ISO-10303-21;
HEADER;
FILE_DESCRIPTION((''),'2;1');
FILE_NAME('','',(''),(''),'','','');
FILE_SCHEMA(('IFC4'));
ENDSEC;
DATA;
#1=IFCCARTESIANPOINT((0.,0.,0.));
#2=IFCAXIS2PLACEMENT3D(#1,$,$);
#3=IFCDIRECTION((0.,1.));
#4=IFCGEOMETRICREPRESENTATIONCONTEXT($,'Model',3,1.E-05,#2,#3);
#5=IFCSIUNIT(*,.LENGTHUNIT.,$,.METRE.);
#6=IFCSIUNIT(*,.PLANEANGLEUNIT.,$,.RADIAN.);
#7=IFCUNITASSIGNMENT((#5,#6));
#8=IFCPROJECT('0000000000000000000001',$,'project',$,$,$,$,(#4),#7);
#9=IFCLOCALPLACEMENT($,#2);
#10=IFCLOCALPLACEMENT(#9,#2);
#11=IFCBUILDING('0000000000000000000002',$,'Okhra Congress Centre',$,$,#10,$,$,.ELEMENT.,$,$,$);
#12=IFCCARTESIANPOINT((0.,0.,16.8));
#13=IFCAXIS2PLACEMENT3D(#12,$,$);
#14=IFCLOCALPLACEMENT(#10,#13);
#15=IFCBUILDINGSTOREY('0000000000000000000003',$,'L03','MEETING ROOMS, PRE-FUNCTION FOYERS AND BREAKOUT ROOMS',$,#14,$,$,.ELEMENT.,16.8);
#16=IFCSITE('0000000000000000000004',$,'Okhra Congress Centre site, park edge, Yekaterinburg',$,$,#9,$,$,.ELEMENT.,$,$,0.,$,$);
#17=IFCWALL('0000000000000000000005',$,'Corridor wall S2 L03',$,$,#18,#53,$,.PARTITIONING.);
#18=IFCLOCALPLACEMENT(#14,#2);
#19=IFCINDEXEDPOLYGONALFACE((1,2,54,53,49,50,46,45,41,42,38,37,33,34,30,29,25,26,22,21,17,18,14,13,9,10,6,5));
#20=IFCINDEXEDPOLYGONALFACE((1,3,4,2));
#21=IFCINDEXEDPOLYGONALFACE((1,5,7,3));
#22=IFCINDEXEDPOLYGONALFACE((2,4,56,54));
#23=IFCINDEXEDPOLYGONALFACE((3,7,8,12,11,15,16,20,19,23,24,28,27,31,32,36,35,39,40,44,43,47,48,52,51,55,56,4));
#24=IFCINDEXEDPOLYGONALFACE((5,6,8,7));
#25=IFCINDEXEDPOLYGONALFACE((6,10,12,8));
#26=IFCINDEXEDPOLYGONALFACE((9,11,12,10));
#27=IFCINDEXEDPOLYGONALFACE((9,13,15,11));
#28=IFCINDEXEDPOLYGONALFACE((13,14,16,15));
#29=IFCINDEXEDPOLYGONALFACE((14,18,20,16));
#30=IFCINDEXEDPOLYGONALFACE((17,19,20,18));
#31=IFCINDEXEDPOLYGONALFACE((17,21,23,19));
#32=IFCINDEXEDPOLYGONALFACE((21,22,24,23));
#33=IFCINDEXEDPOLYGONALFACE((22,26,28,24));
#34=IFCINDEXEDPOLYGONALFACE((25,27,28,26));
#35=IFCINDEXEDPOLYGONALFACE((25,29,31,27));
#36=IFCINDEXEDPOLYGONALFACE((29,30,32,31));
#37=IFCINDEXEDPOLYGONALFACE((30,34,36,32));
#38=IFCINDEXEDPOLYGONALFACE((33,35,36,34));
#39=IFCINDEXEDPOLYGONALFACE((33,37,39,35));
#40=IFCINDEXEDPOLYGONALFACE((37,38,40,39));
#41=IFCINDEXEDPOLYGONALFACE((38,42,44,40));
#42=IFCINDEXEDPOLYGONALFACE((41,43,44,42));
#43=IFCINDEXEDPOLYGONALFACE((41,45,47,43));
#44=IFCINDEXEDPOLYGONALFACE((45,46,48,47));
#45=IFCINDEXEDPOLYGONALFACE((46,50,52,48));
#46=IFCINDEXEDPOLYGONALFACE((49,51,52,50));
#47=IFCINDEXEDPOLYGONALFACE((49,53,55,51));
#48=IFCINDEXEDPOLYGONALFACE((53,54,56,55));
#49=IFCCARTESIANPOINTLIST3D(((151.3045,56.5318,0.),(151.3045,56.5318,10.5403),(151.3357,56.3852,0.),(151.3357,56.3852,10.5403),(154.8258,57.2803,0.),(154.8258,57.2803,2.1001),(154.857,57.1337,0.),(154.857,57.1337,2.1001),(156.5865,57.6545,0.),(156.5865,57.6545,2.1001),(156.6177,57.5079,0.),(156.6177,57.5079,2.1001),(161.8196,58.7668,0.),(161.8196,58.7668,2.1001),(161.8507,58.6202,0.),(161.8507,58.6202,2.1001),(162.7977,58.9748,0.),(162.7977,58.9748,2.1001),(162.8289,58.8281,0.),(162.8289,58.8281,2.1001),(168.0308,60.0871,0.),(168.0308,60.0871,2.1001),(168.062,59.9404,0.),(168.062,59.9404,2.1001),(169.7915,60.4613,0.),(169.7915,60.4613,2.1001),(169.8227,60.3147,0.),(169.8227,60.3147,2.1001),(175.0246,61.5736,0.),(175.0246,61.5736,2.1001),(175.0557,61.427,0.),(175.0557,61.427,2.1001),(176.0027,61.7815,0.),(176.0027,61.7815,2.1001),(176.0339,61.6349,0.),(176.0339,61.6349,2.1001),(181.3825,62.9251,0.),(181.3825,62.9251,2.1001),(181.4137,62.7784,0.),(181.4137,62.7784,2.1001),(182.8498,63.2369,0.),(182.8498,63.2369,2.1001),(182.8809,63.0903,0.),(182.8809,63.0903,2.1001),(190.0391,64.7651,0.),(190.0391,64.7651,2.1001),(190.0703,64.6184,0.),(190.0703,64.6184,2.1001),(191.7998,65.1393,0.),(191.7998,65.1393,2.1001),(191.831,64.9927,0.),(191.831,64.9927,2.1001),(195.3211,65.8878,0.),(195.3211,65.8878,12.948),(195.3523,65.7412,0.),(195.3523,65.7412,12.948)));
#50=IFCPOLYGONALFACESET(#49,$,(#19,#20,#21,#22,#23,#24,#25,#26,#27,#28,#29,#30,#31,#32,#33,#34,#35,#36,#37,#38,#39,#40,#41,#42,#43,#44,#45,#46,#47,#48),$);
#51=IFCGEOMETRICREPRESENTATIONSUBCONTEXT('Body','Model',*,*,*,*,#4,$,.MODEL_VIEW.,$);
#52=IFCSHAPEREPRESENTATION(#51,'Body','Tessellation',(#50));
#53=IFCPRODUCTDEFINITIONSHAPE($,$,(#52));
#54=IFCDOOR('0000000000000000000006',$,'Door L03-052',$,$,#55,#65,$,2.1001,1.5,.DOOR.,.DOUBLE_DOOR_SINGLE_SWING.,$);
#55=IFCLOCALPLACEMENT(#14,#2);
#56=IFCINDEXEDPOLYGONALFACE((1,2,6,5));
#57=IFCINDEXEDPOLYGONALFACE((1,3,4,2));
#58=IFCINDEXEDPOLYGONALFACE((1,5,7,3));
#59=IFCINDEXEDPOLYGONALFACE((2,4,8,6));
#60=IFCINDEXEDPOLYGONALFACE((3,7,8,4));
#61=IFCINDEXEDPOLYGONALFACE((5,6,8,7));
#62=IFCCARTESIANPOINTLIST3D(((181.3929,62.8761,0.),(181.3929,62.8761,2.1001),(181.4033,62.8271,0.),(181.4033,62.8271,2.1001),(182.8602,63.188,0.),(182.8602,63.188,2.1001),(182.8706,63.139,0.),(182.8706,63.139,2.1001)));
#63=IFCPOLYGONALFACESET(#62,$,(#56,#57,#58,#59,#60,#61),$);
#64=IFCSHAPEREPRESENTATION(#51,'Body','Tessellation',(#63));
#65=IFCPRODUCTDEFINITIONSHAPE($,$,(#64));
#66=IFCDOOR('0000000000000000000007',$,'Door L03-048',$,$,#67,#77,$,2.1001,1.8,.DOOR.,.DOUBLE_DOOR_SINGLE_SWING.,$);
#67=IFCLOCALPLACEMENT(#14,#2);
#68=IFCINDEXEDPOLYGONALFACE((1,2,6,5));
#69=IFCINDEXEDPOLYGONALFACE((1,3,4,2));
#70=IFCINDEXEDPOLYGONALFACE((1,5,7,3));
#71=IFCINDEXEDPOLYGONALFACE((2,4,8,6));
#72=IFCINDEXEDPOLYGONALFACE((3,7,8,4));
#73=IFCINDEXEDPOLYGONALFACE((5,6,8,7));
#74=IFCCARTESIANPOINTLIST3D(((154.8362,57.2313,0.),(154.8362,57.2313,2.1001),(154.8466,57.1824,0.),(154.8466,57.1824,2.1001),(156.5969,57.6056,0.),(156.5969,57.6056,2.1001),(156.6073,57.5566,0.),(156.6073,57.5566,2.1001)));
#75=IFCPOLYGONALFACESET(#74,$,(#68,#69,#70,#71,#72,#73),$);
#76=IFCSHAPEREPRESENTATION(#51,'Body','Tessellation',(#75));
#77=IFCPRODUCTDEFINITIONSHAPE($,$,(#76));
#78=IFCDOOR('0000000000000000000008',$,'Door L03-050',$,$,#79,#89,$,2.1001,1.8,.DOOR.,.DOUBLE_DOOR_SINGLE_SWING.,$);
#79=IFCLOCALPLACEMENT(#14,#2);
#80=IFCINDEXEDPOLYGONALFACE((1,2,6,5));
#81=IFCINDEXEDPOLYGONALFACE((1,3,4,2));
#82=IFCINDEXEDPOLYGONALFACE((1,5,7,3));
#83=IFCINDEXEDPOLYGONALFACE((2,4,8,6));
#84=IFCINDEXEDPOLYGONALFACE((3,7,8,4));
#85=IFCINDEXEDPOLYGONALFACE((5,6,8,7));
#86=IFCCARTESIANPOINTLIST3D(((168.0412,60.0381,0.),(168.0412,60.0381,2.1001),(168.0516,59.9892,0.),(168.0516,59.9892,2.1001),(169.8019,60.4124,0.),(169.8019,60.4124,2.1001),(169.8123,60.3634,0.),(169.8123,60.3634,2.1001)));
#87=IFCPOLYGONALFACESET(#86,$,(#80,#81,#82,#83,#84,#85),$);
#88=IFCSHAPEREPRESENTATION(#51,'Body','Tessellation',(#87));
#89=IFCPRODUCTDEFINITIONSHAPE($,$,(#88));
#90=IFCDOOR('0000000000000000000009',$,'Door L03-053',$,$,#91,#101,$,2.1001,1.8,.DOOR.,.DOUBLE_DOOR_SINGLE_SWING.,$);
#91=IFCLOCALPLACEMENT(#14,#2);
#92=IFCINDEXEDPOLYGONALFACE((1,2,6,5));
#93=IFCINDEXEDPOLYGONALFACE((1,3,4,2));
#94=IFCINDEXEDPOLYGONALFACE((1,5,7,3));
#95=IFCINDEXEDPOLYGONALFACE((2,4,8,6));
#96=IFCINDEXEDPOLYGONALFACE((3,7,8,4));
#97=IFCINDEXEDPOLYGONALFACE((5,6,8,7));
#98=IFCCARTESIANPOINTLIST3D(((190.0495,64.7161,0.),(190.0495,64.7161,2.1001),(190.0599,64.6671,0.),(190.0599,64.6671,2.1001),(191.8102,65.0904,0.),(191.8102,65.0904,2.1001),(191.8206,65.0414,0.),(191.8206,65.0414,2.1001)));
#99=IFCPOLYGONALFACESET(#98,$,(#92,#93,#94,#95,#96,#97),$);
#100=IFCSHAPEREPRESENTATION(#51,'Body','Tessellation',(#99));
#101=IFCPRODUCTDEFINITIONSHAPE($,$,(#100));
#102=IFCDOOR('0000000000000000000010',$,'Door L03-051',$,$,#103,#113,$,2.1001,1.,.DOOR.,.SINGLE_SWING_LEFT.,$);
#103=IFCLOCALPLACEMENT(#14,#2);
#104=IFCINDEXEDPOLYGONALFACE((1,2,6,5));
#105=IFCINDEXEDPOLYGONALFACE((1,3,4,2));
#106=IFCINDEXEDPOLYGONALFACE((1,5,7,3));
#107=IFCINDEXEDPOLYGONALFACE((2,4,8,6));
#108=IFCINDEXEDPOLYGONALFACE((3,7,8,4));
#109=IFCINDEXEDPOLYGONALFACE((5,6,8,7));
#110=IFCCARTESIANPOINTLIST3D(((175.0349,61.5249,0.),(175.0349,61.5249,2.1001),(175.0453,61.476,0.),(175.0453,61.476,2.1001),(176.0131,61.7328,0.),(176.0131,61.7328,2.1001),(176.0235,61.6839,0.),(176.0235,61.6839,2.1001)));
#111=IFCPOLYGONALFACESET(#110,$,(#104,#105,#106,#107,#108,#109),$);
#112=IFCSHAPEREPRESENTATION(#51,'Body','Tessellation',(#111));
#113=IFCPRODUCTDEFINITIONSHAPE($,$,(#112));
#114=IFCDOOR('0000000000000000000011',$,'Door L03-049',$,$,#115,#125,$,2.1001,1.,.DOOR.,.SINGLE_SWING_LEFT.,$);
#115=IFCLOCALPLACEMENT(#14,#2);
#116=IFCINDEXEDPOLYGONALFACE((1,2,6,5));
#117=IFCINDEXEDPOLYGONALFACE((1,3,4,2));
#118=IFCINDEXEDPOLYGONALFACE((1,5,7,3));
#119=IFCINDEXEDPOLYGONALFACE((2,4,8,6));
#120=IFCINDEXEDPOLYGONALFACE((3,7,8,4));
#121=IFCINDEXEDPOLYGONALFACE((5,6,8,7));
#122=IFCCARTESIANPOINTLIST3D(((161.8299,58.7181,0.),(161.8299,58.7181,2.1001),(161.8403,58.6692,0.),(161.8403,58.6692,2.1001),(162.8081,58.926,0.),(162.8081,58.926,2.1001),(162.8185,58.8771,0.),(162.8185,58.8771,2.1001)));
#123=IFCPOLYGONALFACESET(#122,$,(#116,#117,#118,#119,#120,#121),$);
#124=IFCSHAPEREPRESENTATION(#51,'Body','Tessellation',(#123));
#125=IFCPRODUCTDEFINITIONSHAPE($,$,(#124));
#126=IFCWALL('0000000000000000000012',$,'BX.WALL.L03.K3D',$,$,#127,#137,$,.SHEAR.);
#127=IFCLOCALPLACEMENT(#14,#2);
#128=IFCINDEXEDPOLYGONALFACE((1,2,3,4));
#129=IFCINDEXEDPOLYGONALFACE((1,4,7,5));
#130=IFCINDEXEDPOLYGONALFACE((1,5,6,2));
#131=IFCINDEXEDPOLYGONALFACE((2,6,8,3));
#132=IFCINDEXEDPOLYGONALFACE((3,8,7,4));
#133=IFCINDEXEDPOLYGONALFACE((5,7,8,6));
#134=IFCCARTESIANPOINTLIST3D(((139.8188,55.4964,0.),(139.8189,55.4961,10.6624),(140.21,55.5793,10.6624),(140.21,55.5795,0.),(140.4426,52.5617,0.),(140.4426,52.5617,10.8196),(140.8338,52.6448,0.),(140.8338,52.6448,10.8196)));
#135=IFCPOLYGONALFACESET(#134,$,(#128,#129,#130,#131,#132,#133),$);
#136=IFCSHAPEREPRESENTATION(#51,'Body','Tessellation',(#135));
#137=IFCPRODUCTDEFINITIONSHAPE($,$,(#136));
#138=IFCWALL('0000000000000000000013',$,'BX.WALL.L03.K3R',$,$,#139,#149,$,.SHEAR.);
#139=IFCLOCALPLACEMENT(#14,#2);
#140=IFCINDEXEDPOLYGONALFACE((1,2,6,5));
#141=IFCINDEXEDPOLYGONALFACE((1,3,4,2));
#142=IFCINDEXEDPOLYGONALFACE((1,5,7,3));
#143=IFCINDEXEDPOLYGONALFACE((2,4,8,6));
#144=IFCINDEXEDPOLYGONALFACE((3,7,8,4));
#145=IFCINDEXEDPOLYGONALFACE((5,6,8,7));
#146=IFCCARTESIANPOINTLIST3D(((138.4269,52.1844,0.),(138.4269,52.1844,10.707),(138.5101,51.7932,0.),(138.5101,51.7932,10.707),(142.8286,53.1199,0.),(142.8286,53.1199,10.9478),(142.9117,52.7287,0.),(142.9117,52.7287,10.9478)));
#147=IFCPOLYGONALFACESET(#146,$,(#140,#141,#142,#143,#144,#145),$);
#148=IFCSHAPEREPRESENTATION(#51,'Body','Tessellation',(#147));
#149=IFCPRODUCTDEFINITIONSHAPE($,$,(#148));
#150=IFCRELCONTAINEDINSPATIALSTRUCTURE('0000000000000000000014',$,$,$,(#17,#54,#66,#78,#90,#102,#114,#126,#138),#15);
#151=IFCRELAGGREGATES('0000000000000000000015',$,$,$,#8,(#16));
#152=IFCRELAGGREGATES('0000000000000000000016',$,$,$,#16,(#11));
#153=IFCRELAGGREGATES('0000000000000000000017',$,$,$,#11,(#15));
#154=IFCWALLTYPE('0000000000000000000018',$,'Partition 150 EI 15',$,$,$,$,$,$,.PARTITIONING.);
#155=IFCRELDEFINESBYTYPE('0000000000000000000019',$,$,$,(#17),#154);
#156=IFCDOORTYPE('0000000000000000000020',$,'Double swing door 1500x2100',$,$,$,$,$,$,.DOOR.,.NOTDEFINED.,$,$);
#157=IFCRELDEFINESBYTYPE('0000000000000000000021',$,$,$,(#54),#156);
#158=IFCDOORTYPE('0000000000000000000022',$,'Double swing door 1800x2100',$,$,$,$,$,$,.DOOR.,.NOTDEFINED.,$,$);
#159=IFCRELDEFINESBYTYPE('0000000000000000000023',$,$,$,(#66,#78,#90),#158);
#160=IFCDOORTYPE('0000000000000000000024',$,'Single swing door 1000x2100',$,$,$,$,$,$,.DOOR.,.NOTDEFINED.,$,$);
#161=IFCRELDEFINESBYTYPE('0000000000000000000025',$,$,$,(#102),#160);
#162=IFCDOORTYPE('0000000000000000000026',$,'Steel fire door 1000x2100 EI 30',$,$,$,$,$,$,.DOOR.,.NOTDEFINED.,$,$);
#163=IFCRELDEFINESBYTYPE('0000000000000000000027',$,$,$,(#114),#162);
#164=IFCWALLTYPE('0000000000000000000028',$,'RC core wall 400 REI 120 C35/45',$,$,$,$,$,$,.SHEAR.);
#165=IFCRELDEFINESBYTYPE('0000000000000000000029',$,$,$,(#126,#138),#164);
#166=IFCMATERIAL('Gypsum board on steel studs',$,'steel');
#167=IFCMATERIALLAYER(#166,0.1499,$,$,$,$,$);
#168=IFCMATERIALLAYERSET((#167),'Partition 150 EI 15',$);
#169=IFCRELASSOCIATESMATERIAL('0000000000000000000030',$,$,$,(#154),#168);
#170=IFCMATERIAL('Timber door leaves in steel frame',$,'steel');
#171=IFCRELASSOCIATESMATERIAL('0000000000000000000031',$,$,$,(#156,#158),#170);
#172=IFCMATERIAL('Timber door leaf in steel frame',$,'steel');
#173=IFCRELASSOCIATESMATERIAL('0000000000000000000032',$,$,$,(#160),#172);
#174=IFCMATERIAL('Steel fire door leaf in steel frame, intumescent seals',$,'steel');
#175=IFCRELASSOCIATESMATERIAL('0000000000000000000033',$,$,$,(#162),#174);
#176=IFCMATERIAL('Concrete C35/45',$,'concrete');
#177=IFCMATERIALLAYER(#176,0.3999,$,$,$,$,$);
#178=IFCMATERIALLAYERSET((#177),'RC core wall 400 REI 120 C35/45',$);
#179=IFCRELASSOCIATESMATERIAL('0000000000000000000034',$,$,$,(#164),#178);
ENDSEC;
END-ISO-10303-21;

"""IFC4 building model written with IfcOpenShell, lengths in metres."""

from ifc_helpers import new_model, si_unit, direction, frame, frame_2d, origin, place, context, subcontext, project, spatial, polyline, rectangle, outline, extrude, material, layer, layer_set, type_object, element, fill, save


model = new_model("IFC4")

# Units and contexts
model_context = context("Model", 3, precision=1e-05, world=origin(), true_north=direction((0.0, 1.0)))
body_context = subcontext(model_context, "Body", "Model", "MODEL_VIEW")
ifc_project = project(units=[si_unit("LENGTHUNIT", "METRE"), si_unit("PLANEANGLEUNIT", "RADIAN")], contexts=[model_context])

# Site, building, storey
site_placement = place(None, origin())
site = spatial("IfcSite", under=ifc_project, at=site_placement, Name="Okhra Congress Centre site, park edge, Yekaterinburg", CompositionType="ELEMENT", RefElevation=0.0)
building_placement = place(site_placement, origin())
building = spatial("IfcBuilding", under=site, at=building_placement, Name="Okhra Congress Centre", CompositionType="ELEMENT")
storey_placement = place(building_placement, frame((0.0, 0.0, 16.8)))
storey = spatial("IfcBuildingStorey", under=building, at=storey_placement, Name="L03", Description="MEETING ROOMS, PRE-FUNCTION FOYERS AND BREAKOUT ROOMS", CompositionType="ELEMENT", Elevation=16.8)

# Wall, openings, doors
ifc_material_1 = material(Name="Gypsum board on steel studs", Category="steel")
ifc_layer_1 = layer(ifc_material_1, 0.1499)
ifc_layer_set_1 = layer_set([ifc_layer_1], Name="Partition 150 EI 15")
wall_type_1 = type_object("IfcWallType", Name="Partition 150 EI 15", PredefinedType="PARTITIONING", material=ifc_layer_set_1)
wall_1_placement = place(storey_placement, frame((151.3201, 56.4585, 0.0), z_axis=(0.0, 0.0, 1.0), x_axis=(0.978148, 0.20791, 0.0)))
wall_1 = element("IfcWall", 1, at=wall_1_placement, inside=storey, type_object=wall_type_1, Name="Corridor wall S2 L03", PredefinedType="PARTITIONING", context=body_context, shape_type="SweptSolid", body=[
    extrude(outline(polyline([(0.0, 0.0), (45.0, 0.0), (45.0, 12.948), (0.0, 10.5403), (0.0, 0.0)])), frame((0.0, 0.075, 0.0), z_axis=(0.0, -1.0, 0.0), x_axis=(1.0, 0.0, 0.0)), (0.0, 0.0, 1.0), 0.1499),
])
opening_1_placement = place(wall_1_placement, frame((3.6001, 0.0, 0.0)))
opening_1 = element("IfcOpeningElement", 2, at=opening_1_placement, cuts=wall_1, PredefinedType="OPENING", context=body_context, shape_type="SweptSolid", body=[
    extrude(rectangle(XDim=1.8, YDim=2.1001, at=frame_2d((0.8999, 1.05))), frame((0.0, 0.085, 0.0), z_axis=(0.0, -1.0, 0.0), x_axis=(1.0, 0.0, 0.0)), (0.0, 0.0, 1.0), 0.1699),
])
opening_2_placement = place(wall_1_placement, frame((10.75, 0.0, 0.0)))
opening_2 = element("IfcOpeningElement", 3, at=opening_2_placement, cuts=wall_1, PredefinedType="OPENING", context=body_context, shape_type="SweptSolid", body=[
    extrude(rectangle(XDim=1.0, YDim=2.1001, at=frame_2d((0.5, 1.05))), frame((0.0, 0.085, 0.0), z_axis=(0.0, -1.0, 0.0), x_axis=(1.0, 0.0, 0.0)), (0.0, 0.0, 1.0), 0.1699),
])
opening_3_placement = place(wall_1_placement, frame((17.1001, 0.0, 0.0)))
opening_3 = element("IfcOpeningElement", 4, at=opening_3_placement, cuts=wall_1, PredefinedType="OPENING", context=body_context, shape_type="SweptSolid", body=[
    extrude(rectangle(XDim=1.8, YDim=2.1001, at=frame_2d((0.8999, 1.05))), frame((0.0, 0.085, 0.0), z_axis=(0.0, -1.0, 0.0), x_axis=(1.0, 0.0, 0.0)), (0.0, 0.0, 1.0), 0.1699),
])
opening_4_placement = place(wall_1_placement, frame((24.25, 0.0, 0.0)))
opening_4 = element("IfcOpeningElement", 5, at=opening_4_placement, cuts=wall_1, PredefinedType="OPENING", context=body_context, shape_type="SweptSolid", body=[
    extrude(rectangle(XDim=1.0, YDim=2.1001, at=frame_2d((0.5, 1.05))), frame((0.0, 0.085, 0.0), z_axis=(0.0, -1.0, 0.0), x_axis=(1.0, 0.0, 0.0)), (0.0, 0.0, 1.0), 0.1699),
])
opening_5_placement = place(wall_1_placement, frame((30.75, 0.0, 0.0)))
opening_5 = element("IfcOpeningElement", 6, at=opening_5_placement, cuts=wall_1, PredefinedType="OPENING", context=body_context, shape_type="SweptSolid", body=[
    extrude(rectangle(XDim=1.5, YDim=2.1001, at=frame_2d((0.75, 1.05))), frame((0.0, 0.085, 0.0), z_axis=(0.0, -1.0, 0.0), x_axis=(1.0, 0.0, 0.0)), (0.0, 0.0, 1.0), 0.1699),
])
opening_6_placement = place(wall_1_placement, frame((39.6001, 0.0, 0.0)))
opening_6 = element("IfcOpeningElement", 7, at=opening_6_placement, cuts=wall_1, PredefinedType="OPENING", context=body_context, shape_type="SweptSolid", body=[
    extrude(rectangle(XDim=1.8, YDim=2.1001, at=frame_2d((0.8999, 1.05))), frame((0.0, 0.085, 0.0), z_axis=(0.0, -1.0, 0.0), x_axis=(1.0, 0.0, 0.0)), (0.0, 0.0, 1.0), 0.1699),
])
ifc_material_2 = material(Name="Timber door leaves in steel frame", Category="steel")
door_type_1 = type_object("IfcDoorType", Name="Double swing door 1500x2100", OperationType="NOTDEFINED", PredefinedType="DOOR", material=ifc_material_2)
door_1_placement = place(opening_5_placement, origin())
door_1 = element("IfcDoor", 8, at=door_1_placement, inside=storey, type_object=door_type_1, Name="Door L03-052", OperationType="DOUBLE_DOOR_SINGLE_SWING", OverallHeight=2.1001, OverallWidth=1.5, PredefinedType="DOOR", context=body_context, shape_type="SweptSolid", body=[
    extrude(rectangle(XDim=1.5, YDim=2.1001, at=frame_2d((0.75, 1.05))), frame((0.0, 0.0249, 0.0), z_axis=(0.0, -1.0, 0.0), x_axis=(1.0, 0.0, 0.0)), (0.0, 0.0, 1.0), 0.05),
])
fill(opening_5, door_1)
door_type_2 = type_object("IfcDoorType", Name="Double swing door 1800x2100", OperationType="NOTDEFINED", PredefinedType="DOOR", material=ifc_material_2)
door_2_placement = place(opening_1_placement, origin())
door_2 = element("IfcDoor", 9, at=door_2_placement, inside=storey, type_object=door_type_2, Name="Door L03-048", OperationType="DOUBLE_DOOR_SINGLE_SWING", OverallHeight=2.1001, OverallWidth=1.8, PredefinedType="DOOR", context=body_context, shape_type="SweptSolid", body=[
    extrude(rectangle(XDim=1.8, YDim=2.1001, at=frame_2d((0.8999, 1.05))), frame((0.0, 0.0249, 0.0), z_axis=(0.0, -1.0, 0.0), x_axis=(1.0, 0.0, 0.0)), (0.0, 0.0, 1.0), 0.05),
])
fill(opening_1, door_2)
door_3_placement = place(opening_3_placement, origin())
door_3 = element("IfcDoor", 10, at=door_3_placement, inside=storey, type_object=door_type_2, Name="Door L03-050", OperationType="DOUBLE_DOOR_SINGLE_SWING", OverallHeight=2.1001, OverallWidth=1.8, PredefinedType="DOOR", context=body_context, shape_type="SweptSolid", body=[
    extrude(rectangle(XDim=1.8, YDim=2.1001, at=frame_2d((0.8999, 1.05))), frame((0.0, 0.0249, 0.0), z_axis=(0.0, -1.0, 0.0), x_axis=(1.0, 0.0, 0.0)), (0.0, 0.0, 1.0), 0.05),
])
fill(opening_3, door_3)
door_4_placement = place(opening_6_placement, origin())
door_4 = element("IfcDoor", 11, at=door_4_placement, inside=storey, type_object=door_type_2, Name="Door L03-053", OperationType="DOUBLE_DOOR_SINGLE_SWING", OverallHeight=2.1001, OverallWidth=1.8, PredefinedType="DOOR", context=body_context, shape_type="SweptSolid", body=[
    extrude(rectangle(XDim=1.8, YDim=2.1001, at=frame_2d((0.8999, 1.05))), frame((0.0, 0.0249, 0.0), z_axis=(0.0, -1.0, 0.0), x_axis=(1.0, 0.0, 0.0)), (0.0, 0.0, 1.0), 0.05),
])
fill(opening_6, door_4)
ifc_material_3 = material(Name="Timber door leaf in steel frame", Category="steel")
door_type_3 = type_object("IfcDoorType", Name="Single swing door 1000x2100", OperationType="NOTDEFINED", PredefinedType="DOOR", material=ifc_material_3)
door_5_placement = place(opening_4_placement, frame((1.0, 0.0, 0.0), z_axis=(0.0, 0.0, 1.0), x_axis=(-1.0, 0.0, 0.0)))
door_5 = element("IfcDoor", 12, at=door_5_placement, inside=storey, type_object=door_type_3, Name="Door L03-051", OperationType="SINGLE_SWING_LEFT", OverallHeight=2.1001, OverallWidth=1.0, PredefinedType="DOOR", context=body_context, shape_type="SweptSolid", body=[
    extrude(rectangle(XDim=1.0, YDim=2.1001, at=frame_2d((0.5, 1.05))), frame((0.0, 0.0249, 0.0), z_axis=(0.0, -1.0, 0.0), x_axis=(1.0, 0.0, 0.0)), (0.0, 0.0, 1.0), 0.05),
])
fill(opening_4, door_5)
ifc_material_4 = material(Name="Steel fire door leaf in steel frame, intumescent seals", Category="steel")
door_type_4 = type_object("IfcDoorType", Name="Steel fire door 1000x2100 EI 30", OperationType="NOTDEFINED", PredefinedType="DOOR", material=ifc_material_4)
door_6_placement = place(opening_2_placement, frame((1.0, 0.0, 0.0), z_axis=(0.0, 0.0, 1.0), x_axis=(-1.0, 0.0, 0.0)))
door_6 = element("IfcDoor", 13, at=door_6_placement, inside=storey, type_object=door_type_4, Name="Door L03-049", OperationType="SINGLE_SWING_LEFT", OverallHeight=2.1001, OverallWidth=1.0, PredefinedType="DOOR", context=body_context, shape_type="SweptSolid", body=[
    extrude(rectangle(XDim=1.0, YDim=2.1001, at=frame_2d((0.5, 1.05))), frame((0.0, 0.0249, 0.0), z_axis=(0.0, -1.0, 0.0), x_axis=(1.0, 0.0, 0.0)), (0.0, 0.0, 1.0), 0.05),
])
fill(opening_2, door_6)

# Walls
ifc_material_5 = material(Name="Concrete C35/45", Category="concrete")
ifc_layer_2 = layer(ifc_material_5, 0.3999)
ifc_layer_set_2 = layer_set([ifc_layer_2], Name="RC core wall 400 REI 120 C35/45")
wall_type_2 = type_object("IfcWallType", Name="RC core wall 400 REI 120 C35/45", PredefinedType="SHEAR", material=ifc_layer_set_2)
wall_2_placement = place(storey_placement, frame((140.6382, 52.6033, 0.0), z_axis=(0.0, 0.0, 1.0), x_axis=(-0.207917, 0.978146, 0.0)))
element("IfcWall", 14, at=wall_2_placement, inside=storey, type_object=wall_type_2, Name="BX.WALL.L03.K3D", PredefinedType="SHEAR", context=body_context, shape_type="SweptSolid", body=[
    extrude(outline(polyline([(0.0, 0.0), (3.0002, 0.0), (3.0, 10.6624), (0.0, 10.8196), (0.0, 0.0)])), frame((0.0, 0.2, 0.0), z_axis=(0.0, -1.0, 0.0), x_axis=(1.0, 0.0, 0.0)), (0.0, 0.0, 1.0), 0.3999),
])
wall_3_placement = place(storey_placement, frame((138.4685, 51.9888, 0.0), z_axis=(0.0, 0.0, 1.0), x_axis=(0.97815, 0.207902, 0.0)))
element("IfcWall", 15, at=wall_3_placement, inside=storey, type_object=wall_type_2, Name="BX.WALL.L03.K3R", PredefinedType="SHEAR", context=body_context, shape_type="SweptSolid", body=[
    extrude(outline(polyline([(0.0, 0.0), (4.5, 0.0), (4.5, 10.9478), (0.0, 10.707), (0.0, 0.0)])), frame((0.0, 0.2, 0.0), z_axis=(0.0, -1.0, 0.0), x_axis=(1.0, 0.0, 0.0)), (0.0, 0.0, 1.0), 0.3999),
])

save(model, "model.ifc")
